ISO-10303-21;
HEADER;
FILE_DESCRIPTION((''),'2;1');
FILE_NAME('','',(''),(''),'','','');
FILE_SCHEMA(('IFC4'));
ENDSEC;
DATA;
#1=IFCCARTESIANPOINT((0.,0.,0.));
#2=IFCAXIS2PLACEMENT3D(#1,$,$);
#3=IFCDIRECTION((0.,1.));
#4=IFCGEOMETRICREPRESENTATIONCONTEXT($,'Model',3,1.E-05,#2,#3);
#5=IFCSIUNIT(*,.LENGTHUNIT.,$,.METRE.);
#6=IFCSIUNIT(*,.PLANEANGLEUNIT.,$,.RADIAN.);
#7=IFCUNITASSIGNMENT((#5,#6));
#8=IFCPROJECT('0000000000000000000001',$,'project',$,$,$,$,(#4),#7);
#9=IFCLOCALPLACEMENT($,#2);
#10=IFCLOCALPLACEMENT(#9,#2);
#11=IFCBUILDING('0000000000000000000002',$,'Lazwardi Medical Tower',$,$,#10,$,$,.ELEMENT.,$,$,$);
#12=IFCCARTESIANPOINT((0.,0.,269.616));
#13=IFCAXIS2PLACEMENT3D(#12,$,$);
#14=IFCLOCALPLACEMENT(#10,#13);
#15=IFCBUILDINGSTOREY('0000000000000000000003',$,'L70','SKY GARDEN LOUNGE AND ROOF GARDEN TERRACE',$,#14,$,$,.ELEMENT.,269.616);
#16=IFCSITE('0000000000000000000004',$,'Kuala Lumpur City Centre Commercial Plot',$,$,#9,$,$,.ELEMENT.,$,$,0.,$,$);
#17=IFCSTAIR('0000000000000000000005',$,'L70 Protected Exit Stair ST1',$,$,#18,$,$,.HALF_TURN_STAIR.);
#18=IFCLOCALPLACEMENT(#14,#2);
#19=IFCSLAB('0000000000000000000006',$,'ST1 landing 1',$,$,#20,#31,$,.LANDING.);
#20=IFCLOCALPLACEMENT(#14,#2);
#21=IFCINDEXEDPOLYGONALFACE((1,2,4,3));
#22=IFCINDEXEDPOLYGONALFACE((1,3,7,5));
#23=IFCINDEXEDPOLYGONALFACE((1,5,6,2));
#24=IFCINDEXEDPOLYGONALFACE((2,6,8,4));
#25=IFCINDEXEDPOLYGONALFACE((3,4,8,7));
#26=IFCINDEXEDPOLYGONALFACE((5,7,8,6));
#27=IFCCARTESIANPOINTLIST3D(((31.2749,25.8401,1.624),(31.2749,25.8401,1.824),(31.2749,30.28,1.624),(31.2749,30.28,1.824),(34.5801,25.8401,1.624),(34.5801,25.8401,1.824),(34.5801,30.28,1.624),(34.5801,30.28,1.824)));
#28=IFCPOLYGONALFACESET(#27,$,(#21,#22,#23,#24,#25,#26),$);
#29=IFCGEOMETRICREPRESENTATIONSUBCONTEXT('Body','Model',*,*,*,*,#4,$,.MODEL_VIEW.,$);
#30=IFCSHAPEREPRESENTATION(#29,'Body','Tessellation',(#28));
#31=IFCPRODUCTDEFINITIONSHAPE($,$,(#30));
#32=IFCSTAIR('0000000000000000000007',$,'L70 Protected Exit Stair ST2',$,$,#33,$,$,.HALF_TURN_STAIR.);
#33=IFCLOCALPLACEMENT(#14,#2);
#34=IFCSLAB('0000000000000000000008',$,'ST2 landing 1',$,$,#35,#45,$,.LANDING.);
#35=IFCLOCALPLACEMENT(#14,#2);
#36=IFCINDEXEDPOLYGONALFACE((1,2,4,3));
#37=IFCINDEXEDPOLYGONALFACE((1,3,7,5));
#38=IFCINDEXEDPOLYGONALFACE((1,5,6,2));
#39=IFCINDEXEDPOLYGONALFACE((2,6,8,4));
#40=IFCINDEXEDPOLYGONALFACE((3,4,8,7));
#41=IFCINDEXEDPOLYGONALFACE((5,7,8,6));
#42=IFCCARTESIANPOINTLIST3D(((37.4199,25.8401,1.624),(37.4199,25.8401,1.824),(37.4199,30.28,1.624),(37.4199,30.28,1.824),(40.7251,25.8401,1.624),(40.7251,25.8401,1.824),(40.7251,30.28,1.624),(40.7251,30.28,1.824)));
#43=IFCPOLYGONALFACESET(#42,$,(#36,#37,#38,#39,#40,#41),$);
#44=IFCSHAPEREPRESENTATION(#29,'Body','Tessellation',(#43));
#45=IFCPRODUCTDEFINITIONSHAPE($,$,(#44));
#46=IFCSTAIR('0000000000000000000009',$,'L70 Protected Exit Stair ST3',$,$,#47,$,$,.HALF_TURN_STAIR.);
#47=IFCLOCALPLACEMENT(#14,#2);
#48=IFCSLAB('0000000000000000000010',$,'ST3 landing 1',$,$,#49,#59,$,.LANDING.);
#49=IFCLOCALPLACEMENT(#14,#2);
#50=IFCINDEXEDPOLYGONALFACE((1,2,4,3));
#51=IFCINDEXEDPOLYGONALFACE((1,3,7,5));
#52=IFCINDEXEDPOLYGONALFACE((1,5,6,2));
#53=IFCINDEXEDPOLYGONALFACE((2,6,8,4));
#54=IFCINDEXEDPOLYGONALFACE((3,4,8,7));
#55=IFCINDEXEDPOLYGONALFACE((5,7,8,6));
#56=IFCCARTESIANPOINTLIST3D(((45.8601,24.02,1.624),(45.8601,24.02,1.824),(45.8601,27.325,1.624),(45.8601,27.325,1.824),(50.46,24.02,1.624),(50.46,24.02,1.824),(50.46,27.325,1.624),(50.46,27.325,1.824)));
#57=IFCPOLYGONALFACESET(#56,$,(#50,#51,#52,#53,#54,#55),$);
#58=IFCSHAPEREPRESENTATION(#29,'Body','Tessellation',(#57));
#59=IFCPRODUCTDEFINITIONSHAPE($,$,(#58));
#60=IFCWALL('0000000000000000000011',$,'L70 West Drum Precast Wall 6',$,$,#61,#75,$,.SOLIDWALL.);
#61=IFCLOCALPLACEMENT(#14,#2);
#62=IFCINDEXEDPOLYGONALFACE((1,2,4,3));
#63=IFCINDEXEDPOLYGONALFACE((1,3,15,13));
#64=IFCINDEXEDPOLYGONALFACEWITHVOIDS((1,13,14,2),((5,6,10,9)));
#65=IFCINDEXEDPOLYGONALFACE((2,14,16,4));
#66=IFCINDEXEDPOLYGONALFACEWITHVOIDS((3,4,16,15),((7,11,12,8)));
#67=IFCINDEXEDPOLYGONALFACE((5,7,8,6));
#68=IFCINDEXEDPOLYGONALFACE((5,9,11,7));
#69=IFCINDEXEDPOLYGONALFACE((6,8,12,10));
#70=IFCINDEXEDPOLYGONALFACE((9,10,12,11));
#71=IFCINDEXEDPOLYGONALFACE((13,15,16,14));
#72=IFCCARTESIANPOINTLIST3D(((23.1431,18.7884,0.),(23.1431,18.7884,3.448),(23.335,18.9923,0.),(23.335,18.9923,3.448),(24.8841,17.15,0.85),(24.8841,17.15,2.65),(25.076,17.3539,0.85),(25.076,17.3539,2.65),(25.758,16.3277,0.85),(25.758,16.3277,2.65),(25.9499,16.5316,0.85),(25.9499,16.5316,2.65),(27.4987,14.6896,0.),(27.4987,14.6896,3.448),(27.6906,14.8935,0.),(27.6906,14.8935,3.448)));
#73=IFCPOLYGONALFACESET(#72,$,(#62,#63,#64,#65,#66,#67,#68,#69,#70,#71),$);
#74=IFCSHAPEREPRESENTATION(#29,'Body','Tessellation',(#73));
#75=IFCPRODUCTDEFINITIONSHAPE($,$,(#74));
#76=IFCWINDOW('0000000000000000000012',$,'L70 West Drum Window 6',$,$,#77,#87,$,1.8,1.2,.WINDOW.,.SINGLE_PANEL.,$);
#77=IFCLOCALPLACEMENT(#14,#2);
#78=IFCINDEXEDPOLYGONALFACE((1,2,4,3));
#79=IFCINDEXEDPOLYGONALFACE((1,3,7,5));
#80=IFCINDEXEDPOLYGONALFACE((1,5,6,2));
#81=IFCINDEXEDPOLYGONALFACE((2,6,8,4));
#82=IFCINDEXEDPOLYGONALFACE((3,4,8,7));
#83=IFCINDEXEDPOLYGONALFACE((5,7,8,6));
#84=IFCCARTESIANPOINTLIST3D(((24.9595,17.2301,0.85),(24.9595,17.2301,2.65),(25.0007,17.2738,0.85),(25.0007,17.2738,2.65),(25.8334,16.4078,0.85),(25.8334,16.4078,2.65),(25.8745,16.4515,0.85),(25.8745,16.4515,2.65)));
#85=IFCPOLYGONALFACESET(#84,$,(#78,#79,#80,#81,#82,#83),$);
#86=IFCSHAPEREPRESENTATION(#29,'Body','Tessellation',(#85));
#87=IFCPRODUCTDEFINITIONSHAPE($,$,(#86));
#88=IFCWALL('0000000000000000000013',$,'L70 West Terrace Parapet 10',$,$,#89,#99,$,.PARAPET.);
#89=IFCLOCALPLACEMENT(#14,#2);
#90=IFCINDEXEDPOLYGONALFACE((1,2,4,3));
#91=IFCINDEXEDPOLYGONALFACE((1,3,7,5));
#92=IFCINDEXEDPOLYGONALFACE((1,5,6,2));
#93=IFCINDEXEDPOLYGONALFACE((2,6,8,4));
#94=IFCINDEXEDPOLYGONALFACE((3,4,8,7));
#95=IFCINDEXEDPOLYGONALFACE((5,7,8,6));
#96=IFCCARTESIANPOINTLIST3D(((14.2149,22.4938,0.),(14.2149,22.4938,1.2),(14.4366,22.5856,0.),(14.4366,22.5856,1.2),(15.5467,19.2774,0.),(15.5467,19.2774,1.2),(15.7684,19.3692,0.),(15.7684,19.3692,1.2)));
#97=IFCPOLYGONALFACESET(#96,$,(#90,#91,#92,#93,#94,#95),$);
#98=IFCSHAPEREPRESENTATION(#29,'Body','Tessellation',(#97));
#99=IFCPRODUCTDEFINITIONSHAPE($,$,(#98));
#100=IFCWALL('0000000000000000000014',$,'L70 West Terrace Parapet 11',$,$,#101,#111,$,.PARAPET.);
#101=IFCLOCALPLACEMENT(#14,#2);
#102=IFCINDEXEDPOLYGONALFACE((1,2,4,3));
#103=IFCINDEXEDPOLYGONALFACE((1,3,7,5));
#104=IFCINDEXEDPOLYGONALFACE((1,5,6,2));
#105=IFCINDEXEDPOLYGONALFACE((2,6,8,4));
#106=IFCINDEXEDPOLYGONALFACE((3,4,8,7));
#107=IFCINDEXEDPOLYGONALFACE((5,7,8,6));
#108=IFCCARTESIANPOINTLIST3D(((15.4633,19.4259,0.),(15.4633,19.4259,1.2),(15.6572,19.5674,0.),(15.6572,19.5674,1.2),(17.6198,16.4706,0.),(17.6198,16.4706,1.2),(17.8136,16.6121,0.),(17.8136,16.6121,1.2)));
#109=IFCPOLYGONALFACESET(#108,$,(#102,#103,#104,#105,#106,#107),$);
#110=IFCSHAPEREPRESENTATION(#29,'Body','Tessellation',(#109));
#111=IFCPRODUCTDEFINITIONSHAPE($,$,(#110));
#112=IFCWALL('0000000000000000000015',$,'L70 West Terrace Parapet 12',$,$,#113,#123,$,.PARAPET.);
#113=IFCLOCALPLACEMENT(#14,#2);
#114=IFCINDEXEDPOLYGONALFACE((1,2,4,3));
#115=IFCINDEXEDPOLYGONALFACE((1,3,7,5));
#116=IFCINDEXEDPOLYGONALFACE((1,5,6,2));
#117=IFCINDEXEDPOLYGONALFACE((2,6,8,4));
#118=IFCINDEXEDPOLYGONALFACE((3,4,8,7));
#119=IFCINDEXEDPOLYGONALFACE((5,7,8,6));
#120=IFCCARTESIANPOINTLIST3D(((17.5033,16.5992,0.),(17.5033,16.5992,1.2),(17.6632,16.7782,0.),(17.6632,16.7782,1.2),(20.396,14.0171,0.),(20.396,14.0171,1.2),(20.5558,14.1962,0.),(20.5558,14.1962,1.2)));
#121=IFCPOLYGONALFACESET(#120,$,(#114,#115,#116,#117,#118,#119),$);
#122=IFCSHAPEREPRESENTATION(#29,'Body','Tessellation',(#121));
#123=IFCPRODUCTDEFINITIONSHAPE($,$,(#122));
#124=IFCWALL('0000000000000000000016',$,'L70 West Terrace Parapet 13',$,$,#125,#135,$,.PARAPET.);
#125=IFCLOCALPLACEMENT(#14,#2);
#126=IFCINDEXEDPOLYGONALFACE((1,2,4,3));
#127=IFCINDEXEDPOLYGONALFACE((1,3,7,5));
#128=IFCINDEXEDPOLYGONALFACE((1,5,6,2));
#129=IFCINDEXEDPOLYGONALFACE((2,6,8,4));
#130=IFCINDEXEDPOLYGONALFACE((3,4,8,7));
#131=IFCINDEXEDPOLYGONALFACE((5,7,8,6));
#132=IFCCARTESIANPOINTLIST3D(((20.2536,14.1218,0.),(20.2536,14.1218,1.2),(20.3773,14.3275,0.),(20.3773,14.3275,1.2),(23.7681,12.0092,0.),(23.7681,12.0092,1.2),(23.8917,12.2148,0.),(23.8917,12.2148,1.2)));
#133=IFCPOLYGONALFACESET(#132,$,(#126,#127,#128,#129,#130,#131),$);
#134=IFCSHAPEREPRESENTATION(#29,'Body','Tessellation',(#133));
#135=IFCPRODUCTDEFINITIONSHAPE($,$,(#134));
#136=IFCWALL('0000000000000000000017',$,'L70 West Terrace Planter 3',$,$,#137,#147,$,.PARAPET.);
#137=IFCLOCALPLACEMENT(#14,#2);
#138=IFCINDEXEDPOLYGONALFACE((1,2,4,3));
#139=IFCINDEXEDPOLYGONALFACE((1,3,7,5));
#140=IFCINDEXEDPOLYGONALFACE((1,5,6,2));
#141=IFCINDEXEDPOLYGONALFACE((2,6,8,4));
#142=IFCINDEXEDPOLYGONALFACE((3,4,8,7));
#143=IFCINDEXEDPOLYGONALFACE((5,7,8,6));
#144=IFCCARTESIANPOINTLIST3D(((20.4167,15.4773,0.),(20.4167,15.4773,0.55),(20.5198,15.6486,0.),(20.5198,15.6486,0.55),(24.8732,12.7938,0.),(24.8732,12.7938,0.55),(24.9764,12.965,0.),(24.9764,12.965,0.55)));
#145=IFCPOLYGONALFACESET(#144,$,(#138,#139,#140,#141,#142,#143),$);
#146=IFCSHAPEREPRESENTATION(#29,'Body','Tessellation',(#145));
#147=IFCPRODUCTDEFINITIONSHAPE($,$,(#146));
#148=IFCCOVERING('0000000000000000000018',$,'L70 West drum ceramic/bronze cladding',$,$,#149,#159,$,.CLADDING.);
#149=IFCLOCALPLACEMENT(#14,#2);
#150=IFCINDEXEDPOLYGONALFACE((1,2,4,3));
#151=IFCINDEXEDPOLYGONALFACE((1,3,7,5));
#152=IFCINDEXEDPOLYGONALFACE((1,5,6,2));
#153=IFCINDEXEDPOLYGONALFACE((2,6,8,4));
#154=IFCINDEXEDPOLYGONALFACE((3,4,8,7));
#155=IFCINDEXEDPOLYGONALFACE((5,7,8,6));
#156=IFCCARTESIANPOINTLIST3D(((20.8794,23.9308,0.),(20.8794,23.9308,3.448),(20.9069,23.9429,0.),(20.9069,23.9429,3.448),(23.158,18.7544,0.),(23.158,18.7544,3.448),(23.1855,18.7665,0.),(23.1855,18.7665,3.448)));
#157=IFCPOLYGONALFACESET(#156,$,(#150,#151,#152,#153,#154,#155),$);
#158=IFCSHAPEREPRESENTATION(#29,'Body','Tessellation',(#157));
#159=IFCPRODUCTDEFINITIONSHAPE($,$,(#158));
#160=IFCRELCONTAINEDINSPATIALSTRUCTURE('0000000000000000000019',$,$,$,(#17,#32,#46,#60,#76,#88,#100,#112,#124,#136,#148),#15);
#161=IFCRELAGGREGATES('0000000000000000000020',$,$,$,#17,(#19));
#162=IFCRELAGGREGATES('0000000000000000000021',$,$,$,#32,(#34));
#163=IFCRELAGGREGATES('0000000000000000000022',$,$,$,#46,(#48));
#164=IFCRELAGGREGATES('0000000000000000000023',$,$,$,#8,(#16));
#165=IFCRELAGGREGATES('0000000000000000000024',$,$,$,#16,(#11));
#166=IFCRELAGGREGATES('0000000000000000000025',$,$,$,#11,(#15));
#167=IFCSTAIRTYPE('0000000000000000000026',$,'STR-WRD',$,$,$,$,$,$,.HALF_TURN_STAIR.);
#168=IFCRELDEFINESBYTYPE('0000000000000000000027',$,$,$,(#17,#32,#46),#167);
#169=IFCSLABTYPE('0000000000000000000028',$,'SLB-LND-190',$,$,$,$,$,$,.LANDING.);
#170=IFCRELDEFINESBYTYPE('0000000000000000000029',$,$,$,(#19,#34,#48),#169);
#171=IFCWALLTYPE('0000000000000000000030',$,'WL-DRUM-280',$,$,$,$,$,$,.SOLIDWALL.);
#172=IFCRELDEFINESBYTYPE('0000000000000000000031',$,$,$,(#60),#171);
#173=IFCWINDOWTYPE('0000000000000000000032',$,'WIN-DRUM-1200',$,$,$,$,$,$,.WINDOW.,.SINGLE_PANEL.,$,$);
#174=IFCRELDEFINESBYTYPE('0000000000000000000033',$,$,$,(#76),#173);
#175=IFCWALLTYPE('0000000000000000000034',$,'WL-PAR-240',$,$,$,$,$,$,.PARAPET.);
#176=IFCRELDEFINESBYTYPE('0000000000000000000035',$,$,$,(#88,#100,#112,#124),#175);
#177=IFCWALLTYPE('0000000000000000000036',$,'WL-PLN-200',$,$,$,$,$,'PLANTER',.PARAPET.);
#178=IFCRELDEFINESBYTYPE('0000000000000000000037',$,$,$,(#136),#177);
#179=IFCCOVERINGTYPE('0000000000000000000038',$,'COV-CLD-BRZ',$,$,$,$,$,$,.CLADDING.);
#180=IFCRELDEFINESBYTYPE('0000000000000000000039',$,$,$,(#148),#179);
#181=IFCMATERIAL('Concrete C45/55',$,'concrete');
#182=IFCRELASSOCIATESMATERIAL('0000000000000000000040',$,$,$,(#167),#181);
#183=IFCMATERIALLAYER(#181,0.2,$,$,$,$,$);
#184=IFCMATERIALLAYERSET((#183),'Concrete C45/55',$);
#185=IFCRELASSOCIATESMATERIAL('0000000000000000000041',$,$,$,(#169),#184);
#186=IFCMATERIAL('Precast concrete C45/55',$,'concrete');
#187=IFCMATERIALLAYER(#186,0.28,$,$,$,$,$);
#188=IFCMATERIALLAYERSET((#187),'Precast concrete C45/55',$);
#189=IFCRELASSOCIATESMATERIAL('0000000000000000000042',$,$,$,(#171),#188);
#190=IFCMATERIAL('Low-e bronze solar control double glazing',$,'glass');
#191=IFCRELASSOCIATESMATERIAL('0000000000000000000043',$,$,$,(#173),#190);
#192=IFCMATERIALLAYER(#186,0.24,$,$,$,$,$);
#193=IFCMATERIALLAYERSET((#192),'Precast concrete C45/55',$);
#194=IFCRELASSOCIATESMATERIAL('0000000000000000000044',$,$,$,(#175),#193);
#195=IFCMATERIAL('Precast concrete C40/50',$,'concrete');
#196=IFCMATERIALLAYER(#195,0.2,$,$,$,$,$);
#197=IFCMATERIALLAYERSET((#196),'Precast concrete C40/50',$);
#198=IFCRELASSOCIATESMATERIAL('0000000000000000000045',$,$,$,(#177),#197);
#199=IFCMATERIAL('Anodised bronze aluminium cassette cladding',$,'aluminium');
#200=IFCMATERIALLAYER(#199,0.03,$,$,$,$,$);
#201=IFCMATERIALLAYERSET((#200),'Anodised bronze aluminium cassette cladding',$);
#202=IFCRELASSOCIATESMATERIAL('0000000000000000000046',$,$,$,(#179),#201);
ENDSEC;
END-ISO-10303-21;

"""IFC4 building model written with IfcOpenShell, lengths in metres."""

from ifc_helpers import new_model, si_unit, direction, frame, frame_2d, origin, origin_2d, place, context, subcontext, project, spatial, polyline, rectangle, outline, extrude, material, layer, layer_set, type_object, element, fill, aggregate, save


model = new_model("IFC4")

# Units and contexts
model_context = context("Model", 3, precision=1e-05, world=origin(), true_north=direction((0.0, 1.0)))
body_context = subcontext(model_context, "Body", "Model", "MODEL_VIEW")
ifc_project = project(units=[si_unit("LENGTHUNIT", "METRE"), si_unit("PLANEANGLEUNIT", "RADIAN")], contexts=[model_context])

# Site, building, storey
site_placement = place(None, origin())
site = spatial("IfcSite", under=ifc_project, at=site_placement, Name="Kuala Lumpur City Centre Commercial Plot", CompositionType="ELEMENT", RefElevation=0.0)
building_placement = place(site_placement, origin())
building = spatial("IfcBuilding", under=site, at=building_placement, Name="Lazwardi Medical Tower", CompositionType="ELEMENT")
storey_placement = place(building_placement, frame((0.0, 0.0, 269.616)))
storey = spatial("IfcBuildingStorey", under=building, at=storey_placement, Name="L70", Description="SKY GARDEN LOUNGE AND ROOF GARDEN TERRACE", CompositionType="ELEMENT", Elevation=269.616)

# Stairs, slabs
ifc_material_1 = material(Name="Concrete C45/55", Category="concrete")
stair_type = type_object("IfcStairType", Name="STR-WRD", PredefinedType="HALF_TURN_STAIR", material=ifc_material_1)
stair_1_placement = place(storey_placement, origin())
stair_1 = element("IfcStair", 1, at=stair_1_placement, inside=storey, type_object=stair_type, Name="L70 Protected Exit Stair ST1", PredefinedType="HALF_TURN_STAIR")
ifc_layer_1 = layer(ifc_material_1, 0.2)
ifc_layer_set_1 = layer_set([ifc_layer_1], Name="Concrete C45/55")
slab_type = type_object("IfcSlabType", Name="SLB-LND-190", PredefinedType="LANDING", material=ifc_layer_set_1)
slab_1_placement = place(storey_placement, frame((0.0, 0.0, 1.624)))
slab_1 = element("IfcSlab", 2, at=slab_1_placement, type_object=slab_type, Name="ST1 landing 1", PredefinedType="LANDING", context=body_context, shape_type="SweptSolid", body=[
    extrude(outline(polyline([(31.2749, 25.8401), (34.5801, 25.8401), (34.5801, 30.28), (31.2749, 30.28), (31.2749, 25.8401)])), origin(), (0.0, 0.0, 1.0), 0.2),
])
aggregate(stair_1, [slab_1])
stair_2_placement = place(storey_placement, origin())
stair_2 = element("IfcStair", 3, at=stair_2_placement, inside=storey, type_object=stair_type, Name="L70 Protected Exit Stair ST2", PredefinedType="HALF_TURN_STAIR")
slab_2_placement = place(storey_placement, frame((0.0, 0.0, 1.624)))
slab_2 = element("IfcSlab", 4, at=slab_2_placement, type_object=slab_type, Name="ST2 landing 1", PredefinedType="LANDING", context=body_context, shape_type="SweptSolid", body=[
    extrude(outline(polyline([(40.7251, 30.28), (37.4199, 30.28), (37.4199, 25.8401), (40.7251, 25.8401), (40.7251, 30.28)])), origin(), (0.0, 0.0, 1.0), 0.2),
])
aggregate(stair_2, [slab_2])
stair_3_placement = place(storey_placement, origin())
stair_3 = element("IfcStair", 5, at=stair_3_placement, inside=storey, type_object=stair_type, Name="L70 Protected Exit Stair ST3", PredefinedType="HALF_TURN_STAIR")
slab_3_placement = place(storey_placement, frame((0.0, 0.0, 1.624)))
slab_3 = element("IfcSlab", 6, at=slab_3_placement, type_object=slab_type, Name="ST3 landing 1", PredefinedType="LANDING", context=body_context, shape_type="SweptSolid", body=[
    extrude(outline(polyline([(45.8601, 27.325), (45.8601, 24.02), (50.46, 24.02), (50.46, 27.325), (45.8601, 27.325)])), origin(), (0.0, 0.0, 1.0), 0.2),
])
aggregate(stair_3, [slab_3])

# Wall, opening, window
ifc_material_2 = material(Name="Precast concrete C45/55", Category="concrete")
ifc_layer_2 = layer(ifc_material_2, 0.28)
ifc_layer_set_2 = layer_set([ifc_layer_2], Name="Precast concrete C45/55")
wall_type_1 = type_object("IfcWallType", Name="WL-DRUM-280", PredefinedType="SOLIDWALL", material=ifc_layer_set_2)
wall_1_placement = place(storey_placement, frame((23.239, 18.8904, 0.0), z_axis=(0.0, 0.0, 1.0), x_axis=(0.728252, -0.68531, 0.0)))
wall_1 = element("IfcWall", 7, at=wall_1_placement, inside=storey, type_object=wall_type_1, Name="L70 West Drum Precast Wall 6", PredefinedType="SOLIDWALL", context=body_context, shape_type="SweptSolid", body=[
    extrude(rectangle(XDim=5.981, YDim=0.28, at=frame_2d((2.9905, 0.0))), origin(), (0.0, 0.0, 1.0), 3.448),
])
opening_placement = place(wall_1_placement, frame((2.3906, 0.0, 0.8501)))
opening = element("IfcOpeningElement", 8, at=opening_placement, cuts=wall_1, PredefinedType="OPENING", context=body_context, shape_type="SweptSolid", body=[
    extrude(rectangle(XDim=1.2, YDim=1.8, at=frame_2d((0.6001, 0.8999))), frame((0.0, 0.1499, 0.0), z_axis=(0.0, -1.0, 0.0), x_axis=(1.0, 0.0, 0.0)), (0.0, 0.0, 1.0), 0.3),
])
ifc_material_3 = material(Name="Low-e bronze solar control double glazing", Category="glass")
window_type = type_object("IfcWindowType", Name="WIN-DRUM-1200", PartitioningType="SINGLE_PANEL", PredefinedType="WINDOW", material=ifc_material_3)
window_placement = place(opening_placement, origin())
window = element("IfcWindow", 9, at=window_placement, inside=storey, type_object=window_type, Name="L70 West Drum Window 6", OverallHeight=1.8, OverallWidth=1.2, PartitioningType="SINGLE_PANEL", PredefinedType="WINDOW", context=body_context, shape_type="SweptSolid", body=[
    extrude(rectangle(XDim=1.2, YDim=1.8, at=frame_2d((0.6001, 0.8999))), frame((0.0, 0.03, 0.0), z_axis=(0.0, -1.0, 0.0), x_axis=(1.0, 0.0, 0.0)), (0.0, 0.0, 1.0), 0.0601),
])
fill(opening, window)

# Walls
ifc_layer_3 = layer(ifc_material_2, 0.24)
ifc_layer_set_3 = layer_set([ifc_layer_3], Name="Precast concrete C45/55")
wall_type_2 = type_object("IfcWallType", Name="WL-PAR-240", PredefinedType="PARAPET", material=ifc_layer_set_3)
wall_2_placement = place(storey_placement, frame((14.3257, 22.5398, 0.0), z_axis=(0.0, 0.0, 1.0), x_axis=(0.382573, -0.923925, 0.0)))
element("IfcWall", 10, at=wall_2_placement, inside=storey, type_object=wall_type_2, Name="L70 West Terrace Parapet 10", PredefinedType="PARAPET", context=body_context, shape_type="SweptSolid", body=[
    extrude(rectangle(XDim=3.4812, YDim=0.24, at=frame_2d((1.7407, 0.0))), origin(), (0.0, 0.0, 1.0), 1.2),
])
wall_3_placement = place(storey_placement, frame((15.5603, 19.4966, 0.0), z_axis=(0.0, 0.0, 1.0), x_axis=(0.589453, -0.807803, 0.0)))
element("IfcWall", 11, at=wall_3_placement, inside=storey, type_object=wall_type_2, Name="L70 West Terrace Parapet 11", PredefinedType="PARAPET", context=body_context, shape_type="SweptSolid", body=[
    extrude(rectangle(XDim=3.6584, YDim=0.24, at=frame_2d((1.8291, 0.0))), origin(), (0.0, 0.0, 1.0), 1.2),
])
wall_4_placement = place(storey_placement, frame((17.5833, 16.6887, 0.0), z_axis=(0.0, 0.0, 1.0), x_axis=(0.746018, -0.665926, 0.0)))
element("IfcWall", 12, at=wall_4_placement, inside=storey, type_object=wall_type_2, Name="L70 West Terrace Parapet 12", PredefinedType="PARAPET", context=body_context, shape_type="SweptSolid", body=[
    extrude(rectangle(XDim=3.8774, YDim=0.24, at=frame_2d((1.9387, 0.0))), origin(), (0.0, 0.0, 1.0), 1.2),
])
wall_5_placement = place(storey_placement, frame((20.3154, 14.2246, 0.0), z_axis=(0.0, 0.0, 1.0), x_axis=(0.857072, -0.515196, 0.0)))
element("IfcWall", 13, at=wall_5_placement, inside=storey, type_object=wall_type_2, Name="L70 West Terrace Parapet 13", PredefinedType="PARAPET", context=body_context, shape_type="SweptSolid", body=[
    extrude(rectangle(XDim=4.1006, YDim=0.24, at=frame_2d((2.0503, 0.0))), origin(), (0.0, 0.0, 1.0), 1.2),
])
ifc_material_4 = material(Name="Precast concrete C40/50", Category="concrete")
ifc_layer_4 = layer(ifc_material_4, 0.2)
ifc_layer_set_4 = layer_set([ifc_layer_4], Name="Precast concrete C40/50")
wall_type_3 = type_object("IfcWallType", Name="WL-PLN-200", ElementType="PLANTER", PredefinedType="PARAPET", material=ifc_layer_set_4)
wall_6_placement = place(storey_placement, frame((20.4683, 15.563, 0.0), z_axis=(0.0, 0.0, 1.0), x_axis=(0.856672, -0.515862, 0.0)))
element("IfcWall", 14, at=wall_6_placement, inside=storey, type_object=wall_type_3, Name="L70 West Terrace Planter 3", PredefinedType="PARAPET", context=body_context, shape_type="SweptSolid", body=[
    extrude(rectangle(XDim=5.2021, YDim=0.2, at=frame_2d((2.6011, 0.0))), origin(), (0.0, 0.0, 1.0), 0.55),
])

# Covering
ifc_material_5 = material(Name="Anodised bronze aluminium cassette cladding", Category="aluminium")
ifc_layer_5 = layer(ifc_material_5, 0.03)
ifc_layer_set_5 = layer_set([ifc_layer_5], Name="Anodised bronze aluminium cassette cladding")
covering_type_1 = type_object("IfcCoveringType", Name="COV-CLD-BRZ", PredefinedType="CLADDING", material=ifc_layer_set_5)
covering_1_placement = place(storey_placement, frame((22.0325, 21.3486, 0.0), z_axis=(0.0, 0.0, 1.0), x_axis=(0.402878, -0.915254, 0.0)))
element("IfcCovering", 15, at=covering_1_placement, inside=storey, type_object=covering_type_1, Name="L70 West drum ceramic/bronze cladding", PredefinedType="CLADDING", context=body_context, shape_type="SweptSolid", body=[
    extrude(rectangle(XDim=5.6558, YDim=0.03, at=origin_2d()), origin(), (0.0, 0.0, 1.0), 3.448),
])

save(model, "model.ifc")
